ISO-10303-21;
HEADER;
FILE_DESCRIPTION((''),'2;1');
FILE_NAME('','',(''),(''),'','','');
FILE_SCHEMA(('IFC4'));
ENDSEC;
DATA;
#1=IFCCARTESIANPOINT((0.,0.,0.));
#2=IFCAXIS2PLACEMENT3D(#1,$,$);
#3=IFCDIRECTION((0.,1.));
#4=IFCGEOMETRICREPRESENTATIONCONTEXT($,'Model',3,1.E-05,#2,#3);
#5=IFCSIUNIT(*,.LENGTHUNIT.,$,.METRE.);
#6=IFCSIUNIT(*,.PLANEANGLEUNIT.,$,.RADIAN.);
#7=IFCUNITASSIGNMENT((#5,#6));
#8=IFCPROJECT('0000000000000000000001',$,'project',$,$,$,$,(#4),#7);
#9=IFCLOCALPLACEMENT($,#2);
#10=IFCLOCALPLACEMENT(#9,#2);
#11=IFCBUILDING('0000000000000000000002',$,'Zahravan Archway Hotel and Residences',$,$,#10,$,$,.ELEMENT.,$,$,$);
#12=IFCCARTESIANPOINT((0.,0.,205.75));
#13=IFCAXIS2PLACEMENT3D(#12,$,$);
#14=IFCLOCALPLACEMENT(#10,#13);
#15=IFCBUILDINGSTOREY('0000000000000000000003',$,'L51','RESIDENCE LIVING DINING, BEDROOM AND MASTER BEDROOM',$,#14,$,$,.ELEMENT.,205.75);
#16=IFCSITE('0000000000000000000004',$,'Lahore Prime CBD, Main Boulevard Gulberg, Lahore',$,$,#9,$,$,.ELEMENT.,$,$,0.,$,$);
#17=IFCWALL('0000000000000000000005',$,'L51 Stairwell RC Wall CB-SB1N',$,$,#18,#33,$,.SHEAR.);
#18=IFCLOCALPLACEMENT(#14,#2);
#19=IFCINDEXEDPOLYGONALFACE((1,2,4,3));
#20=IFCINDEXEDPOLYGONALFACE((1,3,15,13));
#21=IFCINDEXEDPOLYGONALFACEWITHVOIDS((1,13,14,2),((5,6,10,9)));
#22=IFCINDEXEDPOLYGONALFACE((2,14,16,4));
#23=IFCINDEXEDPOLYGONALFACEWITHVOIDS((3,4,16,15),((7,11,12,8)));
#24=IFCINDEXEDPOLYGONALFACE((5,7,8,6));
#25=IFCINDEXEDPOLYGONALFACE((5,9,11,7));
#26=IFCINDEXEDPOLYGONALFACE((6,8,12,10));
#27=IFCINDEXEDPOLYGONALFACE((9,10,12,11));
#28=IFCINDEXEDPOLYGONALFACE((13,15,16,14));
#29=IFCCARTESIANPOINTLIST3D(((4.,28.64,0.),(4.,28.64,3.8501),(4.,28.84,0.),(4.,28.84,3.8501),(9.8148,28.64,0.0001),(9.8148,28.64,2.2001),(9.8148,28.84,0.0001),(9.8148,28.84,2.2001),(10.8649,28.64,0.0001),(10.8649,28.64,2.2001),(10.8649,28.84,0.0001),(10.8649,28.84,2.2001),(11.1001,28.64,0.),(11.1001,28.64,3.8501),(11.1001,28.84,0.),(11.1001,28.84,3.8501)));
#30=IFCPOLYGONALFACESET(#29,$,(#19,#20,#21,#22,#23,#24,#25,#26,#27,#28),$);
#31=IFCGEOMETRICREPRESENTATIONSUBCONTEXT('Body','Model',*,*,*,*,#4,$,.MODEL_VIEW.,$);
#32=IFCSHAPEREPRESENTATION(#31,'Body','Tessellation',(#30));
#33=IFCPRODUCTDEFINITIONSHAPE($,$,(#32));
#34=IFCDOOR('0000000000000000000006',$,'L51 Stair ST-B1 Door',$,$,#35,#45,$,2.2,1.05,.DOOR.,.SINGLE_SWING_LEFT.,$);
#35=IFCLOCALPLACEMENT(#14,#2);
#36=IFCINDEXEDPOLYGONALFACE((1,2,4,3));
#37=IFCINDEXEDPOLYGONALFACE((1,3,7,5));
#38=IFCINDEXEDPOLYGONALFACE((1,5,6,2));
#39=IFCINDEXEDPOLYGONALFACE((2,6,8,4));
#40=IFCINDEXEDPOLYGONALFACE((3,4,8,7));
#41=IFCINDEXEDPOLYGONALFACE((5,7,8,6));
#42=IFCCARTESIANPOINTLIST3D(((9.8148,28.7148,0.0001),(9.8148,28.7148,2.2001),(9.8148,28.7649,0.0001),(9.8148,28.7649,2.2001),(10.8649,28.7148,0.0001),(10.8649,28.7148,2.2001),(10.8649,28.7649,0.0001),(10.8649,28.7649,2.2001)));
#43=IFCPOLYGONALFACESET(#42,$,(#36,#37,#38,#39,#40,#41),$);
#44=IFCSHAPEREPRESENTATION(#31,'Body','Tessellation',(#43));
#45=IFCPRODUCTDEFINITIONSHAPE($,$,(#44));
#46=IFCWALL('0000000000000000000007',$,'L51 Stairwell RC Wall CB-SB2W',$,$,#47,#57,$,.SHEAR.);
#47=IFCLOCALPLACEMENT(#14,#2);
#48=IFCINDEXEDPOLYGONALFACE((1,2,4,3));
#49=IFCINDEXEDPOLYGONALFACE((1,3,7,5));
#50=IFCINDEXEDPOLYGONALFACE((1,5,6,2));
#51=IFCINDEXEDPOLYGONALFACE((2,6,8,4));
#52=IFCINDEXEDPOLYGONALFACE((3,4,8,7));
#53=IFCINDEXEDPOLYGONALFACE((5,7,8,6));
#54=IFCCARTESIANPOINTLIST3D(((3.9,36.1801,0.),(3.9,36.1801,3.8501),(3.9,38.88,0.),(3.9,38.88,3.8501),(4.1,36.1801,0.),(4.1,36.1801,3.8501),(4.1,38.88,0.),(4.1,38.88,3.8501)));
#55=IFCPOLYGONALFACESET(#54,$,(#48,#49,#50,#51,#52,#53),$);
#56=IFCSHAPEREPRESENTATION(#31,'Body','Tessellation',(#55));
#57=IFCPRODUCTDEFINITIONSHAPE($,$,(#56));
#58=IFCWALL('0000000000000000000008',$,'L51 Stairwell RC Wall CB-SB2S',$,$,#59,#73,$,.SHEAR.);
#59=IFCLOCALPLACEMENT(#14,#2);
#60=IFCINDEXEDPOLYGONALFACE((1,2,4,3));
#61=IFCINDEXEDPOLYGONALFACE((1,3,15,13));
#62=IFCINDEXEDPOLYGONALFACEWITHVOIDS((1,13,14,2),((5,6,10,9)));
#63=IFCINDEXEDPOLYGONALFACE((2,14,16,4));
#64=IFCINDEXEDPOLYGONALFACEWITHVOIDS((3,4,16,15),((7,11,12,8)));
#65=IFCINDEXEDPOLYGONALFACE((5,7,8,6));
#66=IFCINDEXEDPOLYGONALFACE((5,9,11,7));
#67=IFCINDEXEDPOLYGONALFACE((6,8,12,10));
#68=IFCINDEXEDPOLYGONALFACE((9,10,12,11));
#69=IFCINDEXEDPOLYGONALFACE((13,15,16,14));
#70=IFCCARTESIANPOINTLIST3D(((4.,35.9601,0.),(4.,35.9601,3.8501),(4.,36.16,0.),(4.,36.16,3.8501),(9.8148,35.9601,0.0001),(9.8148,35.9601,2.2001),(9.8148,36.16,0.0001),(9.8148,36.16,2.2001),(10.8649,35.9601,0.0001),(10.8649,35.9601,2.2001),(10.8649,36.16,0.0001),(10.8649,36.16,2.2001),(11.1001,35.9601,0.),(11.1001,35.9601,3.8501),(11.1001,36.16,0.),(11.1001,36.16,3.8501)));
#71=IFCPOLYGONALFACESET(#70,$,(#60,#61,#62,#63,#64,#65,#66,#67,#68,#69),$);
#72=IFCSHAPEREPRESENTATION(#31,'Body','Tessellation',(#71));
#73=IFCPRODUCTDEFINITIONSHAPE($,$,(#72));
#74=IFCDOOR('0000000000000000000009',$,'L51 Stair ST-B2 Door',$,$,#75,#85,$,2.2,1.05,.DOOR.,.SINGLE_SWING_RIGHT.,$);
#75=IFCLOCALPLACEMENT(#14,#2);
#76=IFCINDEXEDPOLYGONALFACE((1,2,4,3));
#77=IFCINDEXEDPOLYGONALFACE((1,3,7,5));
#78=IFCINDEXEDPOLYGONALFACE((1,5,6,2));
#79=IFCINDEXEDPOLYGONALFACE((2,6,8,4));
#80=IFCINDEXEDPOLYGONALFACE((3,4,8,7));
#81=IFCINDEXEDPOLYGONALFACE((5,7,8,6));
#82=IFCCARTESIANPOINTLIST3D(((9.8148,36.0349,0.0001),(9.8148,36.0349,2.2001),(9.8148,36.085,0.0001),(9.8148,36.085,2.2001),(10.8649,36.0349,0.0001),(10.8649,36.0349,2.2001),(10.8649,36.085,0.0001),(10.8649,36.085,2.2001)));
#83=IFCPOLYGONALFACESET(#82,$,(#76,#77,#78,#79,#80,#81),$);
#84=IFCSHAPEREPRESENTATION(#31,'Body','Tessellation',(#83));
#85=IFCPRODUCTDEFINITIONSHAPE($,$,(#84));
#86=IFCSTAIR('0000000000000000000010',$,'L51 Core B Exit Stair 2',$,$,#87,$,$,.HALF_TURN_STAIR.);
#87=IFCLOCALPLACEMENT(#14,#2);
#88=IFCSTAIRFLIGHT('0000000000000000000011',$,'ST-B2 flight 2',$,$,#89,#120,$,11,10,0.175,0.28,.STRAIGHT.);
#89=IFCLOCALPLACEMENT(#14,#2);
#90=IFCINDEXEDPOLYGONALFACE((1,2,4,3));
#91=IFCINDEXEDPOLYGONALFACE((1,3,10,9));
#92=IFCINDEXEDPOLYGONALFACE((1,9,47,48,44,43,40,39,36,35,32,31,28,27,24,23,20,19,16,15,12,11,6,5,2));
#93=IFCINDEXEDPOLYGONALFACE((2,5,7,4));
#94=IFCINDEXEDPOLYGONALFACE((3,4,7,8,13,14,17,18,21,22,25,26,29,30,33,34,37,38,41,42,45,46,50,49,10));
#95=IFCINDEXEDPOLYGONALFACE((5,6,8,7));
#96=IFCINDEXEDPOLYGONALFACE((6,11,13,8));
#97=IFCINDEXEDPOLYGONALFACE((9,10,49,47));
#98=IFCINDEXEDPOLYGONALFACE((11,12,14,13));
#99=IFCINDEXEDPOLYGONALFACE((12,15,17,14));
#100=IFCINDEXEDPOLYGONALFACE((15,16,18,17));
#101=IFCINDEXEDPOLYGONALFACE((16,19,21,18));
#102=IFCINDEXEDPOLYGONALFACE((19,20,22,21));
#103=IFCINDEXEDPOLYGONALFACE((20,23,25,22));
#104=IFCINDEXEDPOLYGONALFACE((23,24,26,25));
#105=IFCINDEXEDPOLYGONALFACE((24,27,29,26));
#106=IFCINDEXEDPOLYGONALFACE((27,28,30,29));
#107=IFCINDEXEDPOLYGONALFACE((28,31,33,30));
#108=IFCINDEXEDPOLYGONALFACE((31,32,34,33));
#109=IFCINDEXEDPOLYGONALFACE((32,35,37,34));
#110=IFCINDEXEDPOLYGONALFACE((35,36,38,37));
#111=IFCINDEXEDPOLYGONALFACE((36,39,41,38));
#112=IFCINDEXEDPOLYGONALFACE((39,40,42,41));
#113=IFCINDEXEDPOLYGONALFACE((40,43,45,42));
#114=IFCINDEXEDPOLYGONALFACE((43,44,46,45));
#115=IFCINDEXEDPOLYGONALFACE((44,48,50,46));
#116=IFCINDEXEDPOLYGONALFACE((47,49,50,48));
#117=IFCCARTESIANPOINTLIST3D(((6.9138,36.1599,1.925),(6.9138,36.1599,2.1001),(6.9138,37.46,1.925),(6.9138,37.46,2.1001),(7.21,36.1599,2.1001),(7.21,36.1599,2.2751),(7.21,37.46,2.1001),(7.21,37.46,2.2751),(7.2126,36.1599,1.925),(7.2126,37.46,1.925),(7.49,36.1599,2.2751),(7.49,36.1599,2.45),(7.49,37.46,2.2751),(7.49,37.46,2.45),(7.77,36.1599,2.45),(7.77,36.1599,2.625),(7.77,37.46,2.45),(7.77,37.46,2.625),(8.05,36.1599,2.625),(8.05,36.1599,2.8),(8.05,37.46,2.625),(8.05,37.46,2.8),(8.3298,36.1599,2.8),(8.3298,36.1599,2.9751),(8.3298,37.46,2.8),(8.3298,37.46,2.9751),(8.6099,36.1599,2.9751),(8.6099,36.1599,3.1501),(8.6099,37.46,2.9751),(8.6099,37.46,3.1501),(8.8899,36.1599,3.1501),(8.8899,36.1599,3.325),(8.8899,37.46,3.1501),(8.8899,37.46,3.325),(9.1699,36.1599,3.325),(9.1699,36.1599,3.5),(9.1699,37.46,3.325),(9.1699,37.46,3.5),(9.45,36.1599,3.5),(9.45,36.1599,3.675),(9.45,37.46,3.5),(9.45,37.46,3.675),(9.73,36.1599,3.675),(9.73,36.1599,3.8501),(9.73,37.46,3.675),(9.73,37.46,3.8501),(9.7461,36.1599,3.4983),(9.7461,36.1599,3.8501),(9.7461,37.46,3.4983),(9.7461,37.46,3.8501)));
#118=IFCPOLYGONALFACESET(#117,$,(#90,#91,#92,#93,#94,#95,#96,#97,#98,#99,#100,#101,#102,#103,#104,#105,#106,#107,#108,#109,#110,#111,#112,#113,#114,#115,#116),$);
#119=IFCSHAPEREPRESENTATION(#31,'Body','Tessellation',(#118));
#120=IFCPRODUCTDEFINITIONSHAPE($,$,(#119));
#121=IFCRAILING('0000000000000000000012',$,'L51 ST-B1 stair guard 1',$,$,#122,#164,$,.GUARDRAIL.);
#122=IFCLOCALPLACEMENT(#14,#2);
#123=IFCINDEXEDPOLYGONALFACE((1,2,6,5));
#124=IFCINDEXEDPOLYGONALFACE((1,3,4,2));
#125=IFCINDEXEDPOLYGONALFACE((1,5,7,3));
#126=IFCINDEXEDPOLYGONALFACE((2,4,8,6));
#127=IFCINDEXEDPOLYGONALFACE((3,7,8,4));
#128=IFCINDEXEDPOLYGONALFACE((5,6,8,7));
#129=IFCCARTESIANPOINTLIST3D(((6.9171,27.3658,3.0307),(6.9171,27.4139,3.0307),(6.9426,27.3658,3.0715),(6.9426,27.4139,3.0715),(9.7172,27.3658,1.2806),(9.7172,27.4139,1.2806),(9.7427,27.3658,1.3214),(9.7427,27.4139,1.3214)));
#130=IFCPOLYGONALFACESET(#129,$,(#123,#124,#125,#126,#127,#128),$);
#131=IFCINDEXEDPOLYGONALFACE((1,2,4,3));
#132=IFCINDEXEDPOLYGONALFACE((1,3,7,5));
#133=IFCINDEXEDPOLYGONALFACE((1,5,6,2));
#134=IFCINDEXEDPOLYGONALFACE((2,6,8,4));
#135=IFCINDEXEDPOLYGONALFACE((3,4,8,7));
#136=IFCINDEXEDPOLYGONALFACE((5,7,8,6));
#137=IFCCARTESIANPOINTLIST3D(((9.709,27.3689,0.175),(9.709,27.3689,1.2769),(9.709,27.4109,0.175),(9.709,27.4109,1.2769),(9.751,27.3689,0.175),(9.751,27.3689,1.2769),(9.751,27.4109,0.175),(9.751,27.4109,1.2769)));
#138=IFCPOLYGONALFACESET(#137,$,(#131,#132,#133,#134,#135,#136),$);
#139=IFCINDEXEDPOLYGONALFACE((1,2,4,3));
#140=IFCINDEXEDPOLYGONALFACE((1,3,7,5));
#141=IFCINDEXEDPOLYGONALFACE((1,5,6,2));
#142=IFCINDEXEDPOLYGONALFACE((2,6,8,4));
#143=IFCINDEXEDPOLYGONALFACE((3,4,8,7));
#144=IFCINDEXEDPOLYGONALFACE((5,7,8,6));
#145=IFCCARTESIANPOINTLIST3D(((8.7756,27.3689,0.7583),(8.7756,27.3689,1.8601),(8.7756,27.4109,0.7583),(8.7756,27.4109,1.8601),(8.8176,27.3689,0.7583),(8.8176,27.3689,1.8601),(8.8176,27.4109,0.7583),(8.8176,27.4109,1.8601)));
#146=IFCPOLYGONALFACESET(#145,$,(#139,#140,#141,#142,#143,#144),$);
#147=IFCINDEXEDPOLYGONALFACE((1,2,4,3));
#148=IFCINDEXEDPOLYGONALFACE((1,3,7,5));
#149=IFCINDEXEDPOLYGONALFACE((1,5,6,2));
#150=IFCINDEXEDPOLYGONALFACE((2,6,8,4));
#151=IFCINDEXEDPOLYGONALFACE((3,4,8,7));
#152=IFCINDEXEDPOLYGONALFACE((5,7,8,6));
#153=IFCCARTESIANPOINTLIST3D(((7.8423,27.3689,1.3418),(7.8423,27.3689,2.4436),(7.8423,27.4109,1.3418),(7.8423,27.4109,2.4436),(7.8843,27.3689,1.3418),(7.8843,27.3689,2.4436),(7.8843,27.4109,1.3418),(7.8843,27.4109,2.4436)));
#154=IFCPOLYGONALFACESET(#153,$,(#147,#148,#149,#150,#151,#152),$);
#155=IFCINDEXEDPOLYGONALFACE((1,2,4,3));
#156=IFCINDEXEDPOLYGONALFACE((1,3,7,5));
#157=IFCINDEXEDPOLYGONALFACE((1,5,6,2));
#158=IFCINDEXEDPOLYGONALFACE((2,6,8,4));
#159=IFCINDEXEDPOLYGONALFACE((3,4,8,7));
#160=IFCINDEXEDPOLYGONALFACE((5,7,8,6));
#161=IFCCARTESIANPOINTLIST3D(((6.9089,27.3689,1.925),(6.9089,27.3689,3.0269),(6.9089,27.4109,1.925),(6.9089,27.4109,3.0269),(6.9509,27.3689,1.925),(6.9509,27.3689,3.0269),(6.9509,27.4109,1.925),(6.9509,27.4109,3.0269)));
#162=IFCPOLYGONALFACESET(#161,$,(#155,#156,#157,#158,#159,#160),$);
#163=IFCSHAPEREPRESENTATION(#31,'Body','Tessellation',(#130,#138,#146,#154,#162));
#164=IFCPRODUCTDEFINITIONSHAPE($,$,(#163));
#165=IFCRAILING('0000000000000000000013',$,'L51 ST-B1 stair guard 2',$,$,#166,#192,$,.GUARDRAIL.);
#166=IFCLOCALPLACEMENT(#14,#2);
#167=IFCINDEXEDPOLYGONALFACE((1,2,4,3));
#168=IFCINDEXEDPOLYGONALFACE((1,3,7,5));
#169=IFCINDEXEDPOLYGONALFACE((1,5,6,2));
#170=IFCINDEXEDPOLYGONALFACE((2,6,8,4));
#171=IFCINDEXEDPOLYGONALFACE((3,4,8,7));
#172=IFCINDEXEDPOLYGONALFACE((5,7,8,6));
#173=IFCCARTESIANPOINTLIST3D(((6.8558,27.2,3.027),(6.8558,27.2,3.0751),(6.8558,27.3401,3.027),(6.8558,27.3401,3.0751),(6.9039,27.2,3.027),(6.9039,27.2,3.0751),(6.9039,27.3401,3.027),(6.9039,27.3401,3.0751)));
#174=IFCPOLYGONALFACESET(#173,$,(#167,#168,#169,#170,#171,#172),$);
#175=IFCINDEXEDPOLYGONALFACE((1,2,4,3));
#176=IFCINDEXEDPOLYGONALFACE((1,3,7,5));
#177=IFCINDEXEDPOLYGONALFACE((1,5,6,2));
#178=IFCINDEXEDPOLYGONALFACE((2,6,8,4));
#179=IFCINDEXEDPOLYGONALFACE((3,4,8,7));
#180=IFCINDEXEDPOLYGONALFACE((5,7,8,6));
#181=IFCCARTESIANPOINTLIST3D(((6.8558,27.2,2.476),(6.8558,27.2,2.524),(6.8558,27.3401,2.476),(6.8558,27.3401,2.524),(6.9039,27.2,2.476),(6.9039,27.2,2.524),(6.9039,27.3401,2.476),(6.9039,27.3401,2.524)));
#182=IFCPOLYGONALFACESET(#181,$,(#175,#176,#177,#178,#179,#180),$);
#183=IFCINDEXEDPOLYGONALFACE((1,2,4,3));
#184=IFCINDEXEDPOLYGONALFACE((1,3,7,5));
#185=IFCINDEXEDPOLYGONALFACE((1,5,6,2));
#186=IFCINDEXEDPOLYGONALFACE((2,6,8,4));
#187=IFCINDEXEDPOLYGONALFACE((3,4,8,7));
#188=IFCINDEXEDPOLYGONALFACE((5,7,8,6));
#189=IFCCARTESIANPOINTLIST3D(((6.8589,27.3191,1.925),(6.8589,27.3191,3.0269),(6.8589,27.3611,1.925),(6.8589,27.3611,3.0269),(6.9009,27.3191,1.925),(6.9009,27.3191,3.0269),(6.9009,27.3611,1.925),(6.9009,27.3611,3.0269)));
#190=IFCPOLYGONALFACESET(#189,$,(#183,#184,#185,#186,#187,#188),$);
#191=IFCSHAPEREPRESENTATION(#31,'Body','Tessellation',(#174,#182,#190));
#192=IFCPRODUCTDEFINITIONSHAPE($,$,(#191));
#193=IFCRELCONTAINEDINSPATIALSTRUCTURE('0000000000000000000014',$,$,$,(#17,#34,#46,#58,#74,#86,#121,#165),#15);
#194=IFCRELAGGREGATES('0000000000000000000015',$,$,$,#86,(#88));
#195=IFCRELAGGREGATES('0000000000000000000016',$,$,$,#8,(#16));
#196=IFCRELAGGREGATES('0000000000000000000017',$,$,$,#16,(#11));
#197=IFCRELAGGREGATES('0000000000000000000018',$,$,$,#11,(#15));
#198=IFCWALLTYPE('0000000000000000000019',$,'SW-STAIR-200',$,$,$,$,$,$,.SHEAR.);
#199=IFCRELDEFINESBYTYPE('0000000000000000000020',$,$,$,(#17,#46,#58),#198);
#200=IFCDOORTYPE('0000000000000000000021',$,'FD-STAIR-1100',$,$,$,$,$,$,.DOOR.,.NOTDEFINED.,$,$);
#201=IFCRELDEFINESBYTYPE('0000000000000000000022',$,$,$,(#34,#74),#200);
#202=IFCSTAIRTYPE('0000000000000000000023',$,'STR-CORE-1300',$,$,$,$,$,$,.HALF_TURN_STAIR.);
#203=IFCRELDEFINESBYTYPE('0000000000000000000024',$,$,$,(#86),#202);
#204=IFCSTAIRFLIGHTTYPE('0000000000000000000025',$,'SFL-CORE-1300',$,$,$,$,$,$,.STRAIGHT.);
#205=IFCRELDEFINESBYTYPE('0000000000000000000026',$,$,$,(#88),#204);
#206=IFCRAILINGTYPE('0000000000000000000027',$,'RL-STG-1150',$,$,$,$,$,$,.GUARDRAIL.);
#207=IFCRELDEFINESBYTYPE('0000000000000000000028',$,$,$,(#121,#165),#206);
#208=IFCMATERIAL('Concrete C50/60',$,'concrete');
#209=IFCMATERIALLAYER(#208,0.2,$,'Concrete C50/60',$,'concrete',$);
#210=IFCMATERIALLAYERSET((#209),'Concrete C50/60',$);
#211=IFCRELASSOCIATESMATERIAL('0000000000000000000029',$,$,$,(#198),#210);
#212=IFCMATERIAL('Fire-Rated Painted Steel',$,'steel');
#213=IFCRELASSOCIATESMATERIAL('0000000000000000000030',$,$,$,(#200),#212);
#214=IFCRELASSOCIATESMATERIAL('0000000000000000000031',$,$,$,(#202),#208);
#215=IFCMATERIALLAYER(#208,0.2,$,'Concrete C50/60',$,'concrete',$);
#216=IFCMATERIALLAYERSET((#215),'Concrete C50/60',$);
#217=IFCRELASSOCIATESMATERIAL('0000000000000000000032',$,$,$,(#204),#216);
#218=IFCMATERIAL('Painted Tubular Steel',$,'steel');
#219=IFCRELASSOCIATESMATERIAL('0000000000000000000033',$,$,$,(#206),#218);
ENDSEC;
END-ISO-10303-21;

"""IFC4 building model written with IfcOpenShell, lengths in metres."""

from ifc_helpers import new_model, si_unit, direction, frame, frame_2d, origin, origin_2d, place, context, subcontext, project, spatial, polyline, rectangle, outline, extrude, source, transform, mapped, material, layer, layer_set, type_object, type_shapes, element, fill, aggregate, save


model = new_model("IFC4")

# Units and contexts
model_context = context("Model", 3, precision=1e-05, world=origin(), true_north=direction((0.0, 1.0)))
body_context = subcontext(model_context, "Body", "Model", "MODEL_VIEW")
ifc_project = project(units=[si_unit("LENGTHUNIT", "METRE"), si_unit("PLANEANGLEUNIT", "RADIAN")], contexts=[model_context])

# Site, building, storey
site_placement = place(None, origin())
site = spatial("IfcSite", under=ifc_project, at=site_placement, Name="Lahore Prime CBD, Main Boulevard Gulberg, Lahore", CompositionType="ELEMENT", RefElevation=0.0)
building_placement = place(site_placement, origin())
building = spatial("IfcBuilding", under=site, at=building_placement, Name="Zahravan Archway Hotel and Residences", CompositionType="ELEMENT")
storey_placement = place(building_placement, frame((0.0, 0.0, 205.75)))
storey = spatial("IfcBuildingStorey", under=building, at=storey_placement, Name="L51", Description="RESIDENCE LIVING DINING, BEDROOM AND MASTER BEDROOM", CompositionType="ELEMENT", Elevation=205.75)

# Shared definitions
ifc_material_1 = material(Name="Fire-Rated Painted Steel", Category="steel")

# Wall, opening, door
ifc_material_2 = material(Name="Concrete C50/60", Category="concrete")
ifc_layer_1 = layer(ifc_material_2, 0.2, Name="Concrete C50/60", Category="concrete")
ifc_layer_set_1 = layer_set([ifc_layer_1], Name="Concrete C50/60")
wall_type_1 = type_object("IfcWallType", Name="SW-STAIR-200", PredefinedType="SHEAR", material=ifc_layer_set_1)
wall_1_placement = place(storey_placement, frame((4.0, 28.74, 0.0), z_axis=(0.0, 0.0, 1.0), x_axis=(1.0, 0.0, 0.0)))
wall_1 = element("IfcWall", 1, at=wall_1_placement, inside=storey, type_object=wall_type_1, Name="L51 Stairwell RC Wall CB-SB1N", PredefinedType="SHEAR", context=body_context, shape_type="SweptSolid", body=[
    extrude(rectangle(XDim=7.1001, YDim=0.2, at=frame_2d((3.55, 0.0))), origin(), (0.0, 0.0, 1.0), 3.8501),
])
opening_1_placement = place(wall_1_placement, frame((5.8149, 0.0, 0.0)))
opening_1 = element("IfcOpeningElement", 2, at=opening_1_placement, cuts=wall_1, PredefinedType="OPENING", context=body_context, shape_type="SweptSolid", body=[
    extrude(rectangle(XDim=1.05, YDim=2.2, at=frame_2d((0.5249, 1.1001))), frame((0.0, 0.1099, 0.0), z_axis=(0.0, -1.0, 0.0), x_axis=(1.0, 0.0, 0.0)), (0.0, 0.0, 1.0), 0.22),
])
door_type_1 = type_object("IfcDoorType", Name="FD-STAIR-1100", OperationType="NOTDEFINED", PredefinedType="DOOR", material=ifc_material_1)
shared_shape_1 = source(origin(), body_context, "Body", "SweptSolid", [
    extrude(rectangle(XDim=1.05, YDim=2.2, at=frame_2d((0.5249, 1.1001))), frame((0.0, 0.0249, 0.0), z_axis=(0.0, -1.0, 0.0), x_axis=(1.0, 0.0, 0.0)), (0.0, 0.0, 1.0), 0.05),
])
type_shapes(door_type_1, [shared_shape_1])
door_1_placement = place(opening_1_placement, origin())
door_1 = element("IfcDoor", 3, at=door_1_placement, inside=storey, type_object=door_type_1, Name="L51 Stair ST-B1 Door", OperationType="SINGLE_SWING_LEFT", OverallHeight=2.2, OverallWidth=1.05, PredefinedType="DOOR", context=body_context, shape_type="MappedRepresentation", body=[
    mapped(shared_shape_1, transform((0.0, 0.0, 0.0), scale=1.0)),
])
fill(opening_1, door_1)

# Wall
wall_2_placement = place(storey_placement, frame((4.0, 36.1799, 0.0), z_axis=(0.0, 0.0, 1.0), x_axis=(0.0, 1.0, 0.0)))
element("IfcWall", 4, at=wall_2_placement, inside=storey, type_object=wall_type_1, Name="L51 Stairwell RC Wall CB-SB2W", PredefinedType="SHEAR", context=body_context, shape_type="SweptSolid", body=[
    extrude(rectangle(XDim=2.7, YDim=0.2, at=frame_2d((1.3501, 0.0))), origin(), (0.0, 0.0, 1.0), 3.8501),
])

# Wall, opening, door
wall_3_placement = place(storey_placement, frame((4.0, 36.0601, 0.0), z_axis=(0.0, 0.0, 1.0), x_axis=(1.0, 0.0, 0.0)))
wall_3 = element("IfcWall", 5, at=wall_3_placement, inside=storey, type_object=wall_type_1, Name="L51 Stairwell RC Wall CB-SB2S", PredefinedType="SHEAR", context=body_context, shape_type="SweptSolid", body=[
    extrude(rectangle(XDim=7.1001, YDim=0.2, at=frame_2d((3.55, 0.0))), origin(), (0.0, 0.0, 1.0), 3.8501),
])
opening_2_placement = place(wall_3_placement, frame((5.8149, 0.0, 0.0)))
opening_2 = element("IfcOpeningElement", 6, at=opening_2_placement, cuts=wall_3, PredefinedType="OPENING", context=body_context, shape_type="SweptSolid", body=[
    extrude(rectangle(XDim=1.05, YDim=2.2, at=frame_2d((0.5249, 1.1001))), frame((0.0, 0.1099, 0.0), z_axis=(0.0, -1.0, 0.0), x_axis=(1.0, 0.0, 0.0)), (0.0, 0.0, 1.0), 0.22),
])
door_2_placement = place(opening_2_placement, origin())
door_2 = element("IfcDoor", 7, at=door_2_placement, inside=storey, type_object=door_type_1, Name="L51 Stair ST-B2 Door", OperationType="SINGLE_SWING_RIGHT", OverallHeight=2.2, OverallWidth=1.05, PredefinedType="DOOR", context=body_context, shape_type="MappedRepresentation", body=[
    mapped(shared_shape_1, transform((0.0, 0.0, 0.0), scale=1.0)),
])
fill(opening_2, door_2)

# Stair, stair flight
stair_type = type_object("IfcStairType", Name="STR-CORE-1300", PredefinedType="HALF_TURN_STAIR", material=ifc_material_2)
stair_placement = place(storey_placement, origin())
stair = element("IfcStair", 8, at=stair_placement, inside=storey, type_object=stair_type, Name="L51 Core B Exit Stair 2", PredefinedType="HALF_TURN_STAIR")
ifc_layer_2 = layer(ifc_material_2, 0.2, Name="Concrete C50/60", Category="concrete")
ifc_layer_set_2 = layer_set([ifc_layer_2], Name="Concrete C50/60")
stair_flight_type = type_object("IfcStairFlightType", Name="SFL-CORE-1300", PredefinedType="STRAIGHT", material=ifc_layer_set_2)
shared_shape_2 = source(origin(), body_context, "Body", "SweptSolid", [
    extrude(outline(polyline([(-0.0161, 0.0), (-0.0161, 0.175), (0.28, 0.175), (0.28, 0.3501), (0.5601, 0.3501), (0.5601, 0.5249), (0.8401, 0.5249), (0.8401, 0.7), (1.1201, 0.7), (1.1201, 0.875), (1.3999, 0.875), (1.3999, 1.05), (1.6799, 1.05), (1.6799, 1.2251), (1.96, 1.2251), (1.96, 1.3999), (2.24, 1.3999), (2.24, 1.575), (2.52, 1.575), (2.52, 1.75), (2.8, 1.75), (2.8, 1.925), (2.8162, 1.925), (2.8162, 1.5732), (0.2827, 0.0), (-0.0161, 0.0)])), frame((0.0, 0.6499, 0.0), z_axis=(0.0, -1.0, 0.0), x_axis=(1.0, 0.0, 0.0)), (0.0, 0.0, 1.0), 1.3),
])
stair_flight_placement = place(storey_placement, frame((6.9299, 36.8101, 1.925), z_axis=(0.0, 0.0, 1.0), x_axis=(1.0, 0.0, 0.0)))
stair_flight = element("IfcStairFlight", 9, at=stair_flight_placement, type_object=stair_flight_type, Name="ST-B2 flight 2", NumberOfRisers=11, NumberOfTreads=10, PredefinedType="STRAIGHT", RiserHeight=0.175, TreadLength=0.28, context=body_context, shape_type="MappedRepresentation", body=[
    mapped(shared_shape_2, transform((0.0, 0.0, 0.0), scale=1.0)),
])
aggregate(stair, [stair_flight])

# Railings
ifc_material_3 = material(Name="Painted Tubular Steel", Category="steel")
railing_type_1 = type_object("IfcRailingType", Name="RL-STG-1150", PredefinedType="GUARDRAIL", material=ifc_material_3)
railing_1_placement = place(storey_placement, frame((9.73, 27.3899, 0.175)))
element("IfcRailing", 10, at=railing_1_placement, inside=storey, type_object=railing_type_1, Name="L51 ST-B1 stair guard 1", PredefinedType="GUARDRAIL", context=body_context, shape_type="SweptSolid", body=[
    extrude(rectangle(XDim=0.0481, YDim=0.0481, at=origin_2d()), frame((0.0, 0.0, 1.126), z_axis=(-0.848002, 0.0, 0.529992), x_axis=(0.0, -1.0, 0.0)), (0.0, 0.0, 1.0), 3.302),
    extrude(rectangle(XDim=0.042, YDim=0.042, at=origin_2d()), origin(), (0.0, 0.0, 1.0), 1.1018),
    extrude(rectangle(XDim=0.042, YDim=0.042, at=origin_2d()), frame((-0.9333, 0.0, 0.5833)), (0.0, 0.0, 1.0), 1.1018),
    extrude(rectangle(XDim=0.042, YDim=0.042, at=origin_2d()), frame((-1.8667, 0.0, 1.1667)), (0.0, 0.0, 1.0), 1.1018),
    extrude(rectangle(XDim=0.042, YDim=0.042, at=origin_2d()), frame((-2.8, 0.0, 1.75)), (0.0, 0.0, 1.0), 1.1018),
])
railing_2_placement = place(storey_placement, frame((6.8799, 27.3401, 1.925)))
element("IfcRailing", 11, at=railing_2_placement, inside=storey, type_object=railing_type_1, Name="L51 ST-B1 stair guard 2", PredefinedType="GUARDRAIL", context=body_context, shape_type="SweptSolid", body=[
    extrude(rectangle(XDim=0.0481, YDim=0.0481, at=origin_2d()), frame((0.0, 0.0, 1.126), z_axis=(0.0, -1.0, 0.0), x_axis=(1.0, 0.0, 0.0)), (0.0, 0.0, 1.0), 0.1401),
    extrude(rectangle(XDim=0.0481, YDim=0.0481, at=origin_2d()), frame((0.0, 0.0, 0.575), z_axis=(0.0, -1.0, 0.0), x_axis=(1.0, 0.0, 0.0)), (0.0, 0.0, 1.0), 0.1401),
    extrude(rectangle(XDim=0.042, YDim=0.042, at=origin_2d()), origin(), (0.0, 0.0, 1.0), 1.1018),
])

save(model, "model.ifc")
